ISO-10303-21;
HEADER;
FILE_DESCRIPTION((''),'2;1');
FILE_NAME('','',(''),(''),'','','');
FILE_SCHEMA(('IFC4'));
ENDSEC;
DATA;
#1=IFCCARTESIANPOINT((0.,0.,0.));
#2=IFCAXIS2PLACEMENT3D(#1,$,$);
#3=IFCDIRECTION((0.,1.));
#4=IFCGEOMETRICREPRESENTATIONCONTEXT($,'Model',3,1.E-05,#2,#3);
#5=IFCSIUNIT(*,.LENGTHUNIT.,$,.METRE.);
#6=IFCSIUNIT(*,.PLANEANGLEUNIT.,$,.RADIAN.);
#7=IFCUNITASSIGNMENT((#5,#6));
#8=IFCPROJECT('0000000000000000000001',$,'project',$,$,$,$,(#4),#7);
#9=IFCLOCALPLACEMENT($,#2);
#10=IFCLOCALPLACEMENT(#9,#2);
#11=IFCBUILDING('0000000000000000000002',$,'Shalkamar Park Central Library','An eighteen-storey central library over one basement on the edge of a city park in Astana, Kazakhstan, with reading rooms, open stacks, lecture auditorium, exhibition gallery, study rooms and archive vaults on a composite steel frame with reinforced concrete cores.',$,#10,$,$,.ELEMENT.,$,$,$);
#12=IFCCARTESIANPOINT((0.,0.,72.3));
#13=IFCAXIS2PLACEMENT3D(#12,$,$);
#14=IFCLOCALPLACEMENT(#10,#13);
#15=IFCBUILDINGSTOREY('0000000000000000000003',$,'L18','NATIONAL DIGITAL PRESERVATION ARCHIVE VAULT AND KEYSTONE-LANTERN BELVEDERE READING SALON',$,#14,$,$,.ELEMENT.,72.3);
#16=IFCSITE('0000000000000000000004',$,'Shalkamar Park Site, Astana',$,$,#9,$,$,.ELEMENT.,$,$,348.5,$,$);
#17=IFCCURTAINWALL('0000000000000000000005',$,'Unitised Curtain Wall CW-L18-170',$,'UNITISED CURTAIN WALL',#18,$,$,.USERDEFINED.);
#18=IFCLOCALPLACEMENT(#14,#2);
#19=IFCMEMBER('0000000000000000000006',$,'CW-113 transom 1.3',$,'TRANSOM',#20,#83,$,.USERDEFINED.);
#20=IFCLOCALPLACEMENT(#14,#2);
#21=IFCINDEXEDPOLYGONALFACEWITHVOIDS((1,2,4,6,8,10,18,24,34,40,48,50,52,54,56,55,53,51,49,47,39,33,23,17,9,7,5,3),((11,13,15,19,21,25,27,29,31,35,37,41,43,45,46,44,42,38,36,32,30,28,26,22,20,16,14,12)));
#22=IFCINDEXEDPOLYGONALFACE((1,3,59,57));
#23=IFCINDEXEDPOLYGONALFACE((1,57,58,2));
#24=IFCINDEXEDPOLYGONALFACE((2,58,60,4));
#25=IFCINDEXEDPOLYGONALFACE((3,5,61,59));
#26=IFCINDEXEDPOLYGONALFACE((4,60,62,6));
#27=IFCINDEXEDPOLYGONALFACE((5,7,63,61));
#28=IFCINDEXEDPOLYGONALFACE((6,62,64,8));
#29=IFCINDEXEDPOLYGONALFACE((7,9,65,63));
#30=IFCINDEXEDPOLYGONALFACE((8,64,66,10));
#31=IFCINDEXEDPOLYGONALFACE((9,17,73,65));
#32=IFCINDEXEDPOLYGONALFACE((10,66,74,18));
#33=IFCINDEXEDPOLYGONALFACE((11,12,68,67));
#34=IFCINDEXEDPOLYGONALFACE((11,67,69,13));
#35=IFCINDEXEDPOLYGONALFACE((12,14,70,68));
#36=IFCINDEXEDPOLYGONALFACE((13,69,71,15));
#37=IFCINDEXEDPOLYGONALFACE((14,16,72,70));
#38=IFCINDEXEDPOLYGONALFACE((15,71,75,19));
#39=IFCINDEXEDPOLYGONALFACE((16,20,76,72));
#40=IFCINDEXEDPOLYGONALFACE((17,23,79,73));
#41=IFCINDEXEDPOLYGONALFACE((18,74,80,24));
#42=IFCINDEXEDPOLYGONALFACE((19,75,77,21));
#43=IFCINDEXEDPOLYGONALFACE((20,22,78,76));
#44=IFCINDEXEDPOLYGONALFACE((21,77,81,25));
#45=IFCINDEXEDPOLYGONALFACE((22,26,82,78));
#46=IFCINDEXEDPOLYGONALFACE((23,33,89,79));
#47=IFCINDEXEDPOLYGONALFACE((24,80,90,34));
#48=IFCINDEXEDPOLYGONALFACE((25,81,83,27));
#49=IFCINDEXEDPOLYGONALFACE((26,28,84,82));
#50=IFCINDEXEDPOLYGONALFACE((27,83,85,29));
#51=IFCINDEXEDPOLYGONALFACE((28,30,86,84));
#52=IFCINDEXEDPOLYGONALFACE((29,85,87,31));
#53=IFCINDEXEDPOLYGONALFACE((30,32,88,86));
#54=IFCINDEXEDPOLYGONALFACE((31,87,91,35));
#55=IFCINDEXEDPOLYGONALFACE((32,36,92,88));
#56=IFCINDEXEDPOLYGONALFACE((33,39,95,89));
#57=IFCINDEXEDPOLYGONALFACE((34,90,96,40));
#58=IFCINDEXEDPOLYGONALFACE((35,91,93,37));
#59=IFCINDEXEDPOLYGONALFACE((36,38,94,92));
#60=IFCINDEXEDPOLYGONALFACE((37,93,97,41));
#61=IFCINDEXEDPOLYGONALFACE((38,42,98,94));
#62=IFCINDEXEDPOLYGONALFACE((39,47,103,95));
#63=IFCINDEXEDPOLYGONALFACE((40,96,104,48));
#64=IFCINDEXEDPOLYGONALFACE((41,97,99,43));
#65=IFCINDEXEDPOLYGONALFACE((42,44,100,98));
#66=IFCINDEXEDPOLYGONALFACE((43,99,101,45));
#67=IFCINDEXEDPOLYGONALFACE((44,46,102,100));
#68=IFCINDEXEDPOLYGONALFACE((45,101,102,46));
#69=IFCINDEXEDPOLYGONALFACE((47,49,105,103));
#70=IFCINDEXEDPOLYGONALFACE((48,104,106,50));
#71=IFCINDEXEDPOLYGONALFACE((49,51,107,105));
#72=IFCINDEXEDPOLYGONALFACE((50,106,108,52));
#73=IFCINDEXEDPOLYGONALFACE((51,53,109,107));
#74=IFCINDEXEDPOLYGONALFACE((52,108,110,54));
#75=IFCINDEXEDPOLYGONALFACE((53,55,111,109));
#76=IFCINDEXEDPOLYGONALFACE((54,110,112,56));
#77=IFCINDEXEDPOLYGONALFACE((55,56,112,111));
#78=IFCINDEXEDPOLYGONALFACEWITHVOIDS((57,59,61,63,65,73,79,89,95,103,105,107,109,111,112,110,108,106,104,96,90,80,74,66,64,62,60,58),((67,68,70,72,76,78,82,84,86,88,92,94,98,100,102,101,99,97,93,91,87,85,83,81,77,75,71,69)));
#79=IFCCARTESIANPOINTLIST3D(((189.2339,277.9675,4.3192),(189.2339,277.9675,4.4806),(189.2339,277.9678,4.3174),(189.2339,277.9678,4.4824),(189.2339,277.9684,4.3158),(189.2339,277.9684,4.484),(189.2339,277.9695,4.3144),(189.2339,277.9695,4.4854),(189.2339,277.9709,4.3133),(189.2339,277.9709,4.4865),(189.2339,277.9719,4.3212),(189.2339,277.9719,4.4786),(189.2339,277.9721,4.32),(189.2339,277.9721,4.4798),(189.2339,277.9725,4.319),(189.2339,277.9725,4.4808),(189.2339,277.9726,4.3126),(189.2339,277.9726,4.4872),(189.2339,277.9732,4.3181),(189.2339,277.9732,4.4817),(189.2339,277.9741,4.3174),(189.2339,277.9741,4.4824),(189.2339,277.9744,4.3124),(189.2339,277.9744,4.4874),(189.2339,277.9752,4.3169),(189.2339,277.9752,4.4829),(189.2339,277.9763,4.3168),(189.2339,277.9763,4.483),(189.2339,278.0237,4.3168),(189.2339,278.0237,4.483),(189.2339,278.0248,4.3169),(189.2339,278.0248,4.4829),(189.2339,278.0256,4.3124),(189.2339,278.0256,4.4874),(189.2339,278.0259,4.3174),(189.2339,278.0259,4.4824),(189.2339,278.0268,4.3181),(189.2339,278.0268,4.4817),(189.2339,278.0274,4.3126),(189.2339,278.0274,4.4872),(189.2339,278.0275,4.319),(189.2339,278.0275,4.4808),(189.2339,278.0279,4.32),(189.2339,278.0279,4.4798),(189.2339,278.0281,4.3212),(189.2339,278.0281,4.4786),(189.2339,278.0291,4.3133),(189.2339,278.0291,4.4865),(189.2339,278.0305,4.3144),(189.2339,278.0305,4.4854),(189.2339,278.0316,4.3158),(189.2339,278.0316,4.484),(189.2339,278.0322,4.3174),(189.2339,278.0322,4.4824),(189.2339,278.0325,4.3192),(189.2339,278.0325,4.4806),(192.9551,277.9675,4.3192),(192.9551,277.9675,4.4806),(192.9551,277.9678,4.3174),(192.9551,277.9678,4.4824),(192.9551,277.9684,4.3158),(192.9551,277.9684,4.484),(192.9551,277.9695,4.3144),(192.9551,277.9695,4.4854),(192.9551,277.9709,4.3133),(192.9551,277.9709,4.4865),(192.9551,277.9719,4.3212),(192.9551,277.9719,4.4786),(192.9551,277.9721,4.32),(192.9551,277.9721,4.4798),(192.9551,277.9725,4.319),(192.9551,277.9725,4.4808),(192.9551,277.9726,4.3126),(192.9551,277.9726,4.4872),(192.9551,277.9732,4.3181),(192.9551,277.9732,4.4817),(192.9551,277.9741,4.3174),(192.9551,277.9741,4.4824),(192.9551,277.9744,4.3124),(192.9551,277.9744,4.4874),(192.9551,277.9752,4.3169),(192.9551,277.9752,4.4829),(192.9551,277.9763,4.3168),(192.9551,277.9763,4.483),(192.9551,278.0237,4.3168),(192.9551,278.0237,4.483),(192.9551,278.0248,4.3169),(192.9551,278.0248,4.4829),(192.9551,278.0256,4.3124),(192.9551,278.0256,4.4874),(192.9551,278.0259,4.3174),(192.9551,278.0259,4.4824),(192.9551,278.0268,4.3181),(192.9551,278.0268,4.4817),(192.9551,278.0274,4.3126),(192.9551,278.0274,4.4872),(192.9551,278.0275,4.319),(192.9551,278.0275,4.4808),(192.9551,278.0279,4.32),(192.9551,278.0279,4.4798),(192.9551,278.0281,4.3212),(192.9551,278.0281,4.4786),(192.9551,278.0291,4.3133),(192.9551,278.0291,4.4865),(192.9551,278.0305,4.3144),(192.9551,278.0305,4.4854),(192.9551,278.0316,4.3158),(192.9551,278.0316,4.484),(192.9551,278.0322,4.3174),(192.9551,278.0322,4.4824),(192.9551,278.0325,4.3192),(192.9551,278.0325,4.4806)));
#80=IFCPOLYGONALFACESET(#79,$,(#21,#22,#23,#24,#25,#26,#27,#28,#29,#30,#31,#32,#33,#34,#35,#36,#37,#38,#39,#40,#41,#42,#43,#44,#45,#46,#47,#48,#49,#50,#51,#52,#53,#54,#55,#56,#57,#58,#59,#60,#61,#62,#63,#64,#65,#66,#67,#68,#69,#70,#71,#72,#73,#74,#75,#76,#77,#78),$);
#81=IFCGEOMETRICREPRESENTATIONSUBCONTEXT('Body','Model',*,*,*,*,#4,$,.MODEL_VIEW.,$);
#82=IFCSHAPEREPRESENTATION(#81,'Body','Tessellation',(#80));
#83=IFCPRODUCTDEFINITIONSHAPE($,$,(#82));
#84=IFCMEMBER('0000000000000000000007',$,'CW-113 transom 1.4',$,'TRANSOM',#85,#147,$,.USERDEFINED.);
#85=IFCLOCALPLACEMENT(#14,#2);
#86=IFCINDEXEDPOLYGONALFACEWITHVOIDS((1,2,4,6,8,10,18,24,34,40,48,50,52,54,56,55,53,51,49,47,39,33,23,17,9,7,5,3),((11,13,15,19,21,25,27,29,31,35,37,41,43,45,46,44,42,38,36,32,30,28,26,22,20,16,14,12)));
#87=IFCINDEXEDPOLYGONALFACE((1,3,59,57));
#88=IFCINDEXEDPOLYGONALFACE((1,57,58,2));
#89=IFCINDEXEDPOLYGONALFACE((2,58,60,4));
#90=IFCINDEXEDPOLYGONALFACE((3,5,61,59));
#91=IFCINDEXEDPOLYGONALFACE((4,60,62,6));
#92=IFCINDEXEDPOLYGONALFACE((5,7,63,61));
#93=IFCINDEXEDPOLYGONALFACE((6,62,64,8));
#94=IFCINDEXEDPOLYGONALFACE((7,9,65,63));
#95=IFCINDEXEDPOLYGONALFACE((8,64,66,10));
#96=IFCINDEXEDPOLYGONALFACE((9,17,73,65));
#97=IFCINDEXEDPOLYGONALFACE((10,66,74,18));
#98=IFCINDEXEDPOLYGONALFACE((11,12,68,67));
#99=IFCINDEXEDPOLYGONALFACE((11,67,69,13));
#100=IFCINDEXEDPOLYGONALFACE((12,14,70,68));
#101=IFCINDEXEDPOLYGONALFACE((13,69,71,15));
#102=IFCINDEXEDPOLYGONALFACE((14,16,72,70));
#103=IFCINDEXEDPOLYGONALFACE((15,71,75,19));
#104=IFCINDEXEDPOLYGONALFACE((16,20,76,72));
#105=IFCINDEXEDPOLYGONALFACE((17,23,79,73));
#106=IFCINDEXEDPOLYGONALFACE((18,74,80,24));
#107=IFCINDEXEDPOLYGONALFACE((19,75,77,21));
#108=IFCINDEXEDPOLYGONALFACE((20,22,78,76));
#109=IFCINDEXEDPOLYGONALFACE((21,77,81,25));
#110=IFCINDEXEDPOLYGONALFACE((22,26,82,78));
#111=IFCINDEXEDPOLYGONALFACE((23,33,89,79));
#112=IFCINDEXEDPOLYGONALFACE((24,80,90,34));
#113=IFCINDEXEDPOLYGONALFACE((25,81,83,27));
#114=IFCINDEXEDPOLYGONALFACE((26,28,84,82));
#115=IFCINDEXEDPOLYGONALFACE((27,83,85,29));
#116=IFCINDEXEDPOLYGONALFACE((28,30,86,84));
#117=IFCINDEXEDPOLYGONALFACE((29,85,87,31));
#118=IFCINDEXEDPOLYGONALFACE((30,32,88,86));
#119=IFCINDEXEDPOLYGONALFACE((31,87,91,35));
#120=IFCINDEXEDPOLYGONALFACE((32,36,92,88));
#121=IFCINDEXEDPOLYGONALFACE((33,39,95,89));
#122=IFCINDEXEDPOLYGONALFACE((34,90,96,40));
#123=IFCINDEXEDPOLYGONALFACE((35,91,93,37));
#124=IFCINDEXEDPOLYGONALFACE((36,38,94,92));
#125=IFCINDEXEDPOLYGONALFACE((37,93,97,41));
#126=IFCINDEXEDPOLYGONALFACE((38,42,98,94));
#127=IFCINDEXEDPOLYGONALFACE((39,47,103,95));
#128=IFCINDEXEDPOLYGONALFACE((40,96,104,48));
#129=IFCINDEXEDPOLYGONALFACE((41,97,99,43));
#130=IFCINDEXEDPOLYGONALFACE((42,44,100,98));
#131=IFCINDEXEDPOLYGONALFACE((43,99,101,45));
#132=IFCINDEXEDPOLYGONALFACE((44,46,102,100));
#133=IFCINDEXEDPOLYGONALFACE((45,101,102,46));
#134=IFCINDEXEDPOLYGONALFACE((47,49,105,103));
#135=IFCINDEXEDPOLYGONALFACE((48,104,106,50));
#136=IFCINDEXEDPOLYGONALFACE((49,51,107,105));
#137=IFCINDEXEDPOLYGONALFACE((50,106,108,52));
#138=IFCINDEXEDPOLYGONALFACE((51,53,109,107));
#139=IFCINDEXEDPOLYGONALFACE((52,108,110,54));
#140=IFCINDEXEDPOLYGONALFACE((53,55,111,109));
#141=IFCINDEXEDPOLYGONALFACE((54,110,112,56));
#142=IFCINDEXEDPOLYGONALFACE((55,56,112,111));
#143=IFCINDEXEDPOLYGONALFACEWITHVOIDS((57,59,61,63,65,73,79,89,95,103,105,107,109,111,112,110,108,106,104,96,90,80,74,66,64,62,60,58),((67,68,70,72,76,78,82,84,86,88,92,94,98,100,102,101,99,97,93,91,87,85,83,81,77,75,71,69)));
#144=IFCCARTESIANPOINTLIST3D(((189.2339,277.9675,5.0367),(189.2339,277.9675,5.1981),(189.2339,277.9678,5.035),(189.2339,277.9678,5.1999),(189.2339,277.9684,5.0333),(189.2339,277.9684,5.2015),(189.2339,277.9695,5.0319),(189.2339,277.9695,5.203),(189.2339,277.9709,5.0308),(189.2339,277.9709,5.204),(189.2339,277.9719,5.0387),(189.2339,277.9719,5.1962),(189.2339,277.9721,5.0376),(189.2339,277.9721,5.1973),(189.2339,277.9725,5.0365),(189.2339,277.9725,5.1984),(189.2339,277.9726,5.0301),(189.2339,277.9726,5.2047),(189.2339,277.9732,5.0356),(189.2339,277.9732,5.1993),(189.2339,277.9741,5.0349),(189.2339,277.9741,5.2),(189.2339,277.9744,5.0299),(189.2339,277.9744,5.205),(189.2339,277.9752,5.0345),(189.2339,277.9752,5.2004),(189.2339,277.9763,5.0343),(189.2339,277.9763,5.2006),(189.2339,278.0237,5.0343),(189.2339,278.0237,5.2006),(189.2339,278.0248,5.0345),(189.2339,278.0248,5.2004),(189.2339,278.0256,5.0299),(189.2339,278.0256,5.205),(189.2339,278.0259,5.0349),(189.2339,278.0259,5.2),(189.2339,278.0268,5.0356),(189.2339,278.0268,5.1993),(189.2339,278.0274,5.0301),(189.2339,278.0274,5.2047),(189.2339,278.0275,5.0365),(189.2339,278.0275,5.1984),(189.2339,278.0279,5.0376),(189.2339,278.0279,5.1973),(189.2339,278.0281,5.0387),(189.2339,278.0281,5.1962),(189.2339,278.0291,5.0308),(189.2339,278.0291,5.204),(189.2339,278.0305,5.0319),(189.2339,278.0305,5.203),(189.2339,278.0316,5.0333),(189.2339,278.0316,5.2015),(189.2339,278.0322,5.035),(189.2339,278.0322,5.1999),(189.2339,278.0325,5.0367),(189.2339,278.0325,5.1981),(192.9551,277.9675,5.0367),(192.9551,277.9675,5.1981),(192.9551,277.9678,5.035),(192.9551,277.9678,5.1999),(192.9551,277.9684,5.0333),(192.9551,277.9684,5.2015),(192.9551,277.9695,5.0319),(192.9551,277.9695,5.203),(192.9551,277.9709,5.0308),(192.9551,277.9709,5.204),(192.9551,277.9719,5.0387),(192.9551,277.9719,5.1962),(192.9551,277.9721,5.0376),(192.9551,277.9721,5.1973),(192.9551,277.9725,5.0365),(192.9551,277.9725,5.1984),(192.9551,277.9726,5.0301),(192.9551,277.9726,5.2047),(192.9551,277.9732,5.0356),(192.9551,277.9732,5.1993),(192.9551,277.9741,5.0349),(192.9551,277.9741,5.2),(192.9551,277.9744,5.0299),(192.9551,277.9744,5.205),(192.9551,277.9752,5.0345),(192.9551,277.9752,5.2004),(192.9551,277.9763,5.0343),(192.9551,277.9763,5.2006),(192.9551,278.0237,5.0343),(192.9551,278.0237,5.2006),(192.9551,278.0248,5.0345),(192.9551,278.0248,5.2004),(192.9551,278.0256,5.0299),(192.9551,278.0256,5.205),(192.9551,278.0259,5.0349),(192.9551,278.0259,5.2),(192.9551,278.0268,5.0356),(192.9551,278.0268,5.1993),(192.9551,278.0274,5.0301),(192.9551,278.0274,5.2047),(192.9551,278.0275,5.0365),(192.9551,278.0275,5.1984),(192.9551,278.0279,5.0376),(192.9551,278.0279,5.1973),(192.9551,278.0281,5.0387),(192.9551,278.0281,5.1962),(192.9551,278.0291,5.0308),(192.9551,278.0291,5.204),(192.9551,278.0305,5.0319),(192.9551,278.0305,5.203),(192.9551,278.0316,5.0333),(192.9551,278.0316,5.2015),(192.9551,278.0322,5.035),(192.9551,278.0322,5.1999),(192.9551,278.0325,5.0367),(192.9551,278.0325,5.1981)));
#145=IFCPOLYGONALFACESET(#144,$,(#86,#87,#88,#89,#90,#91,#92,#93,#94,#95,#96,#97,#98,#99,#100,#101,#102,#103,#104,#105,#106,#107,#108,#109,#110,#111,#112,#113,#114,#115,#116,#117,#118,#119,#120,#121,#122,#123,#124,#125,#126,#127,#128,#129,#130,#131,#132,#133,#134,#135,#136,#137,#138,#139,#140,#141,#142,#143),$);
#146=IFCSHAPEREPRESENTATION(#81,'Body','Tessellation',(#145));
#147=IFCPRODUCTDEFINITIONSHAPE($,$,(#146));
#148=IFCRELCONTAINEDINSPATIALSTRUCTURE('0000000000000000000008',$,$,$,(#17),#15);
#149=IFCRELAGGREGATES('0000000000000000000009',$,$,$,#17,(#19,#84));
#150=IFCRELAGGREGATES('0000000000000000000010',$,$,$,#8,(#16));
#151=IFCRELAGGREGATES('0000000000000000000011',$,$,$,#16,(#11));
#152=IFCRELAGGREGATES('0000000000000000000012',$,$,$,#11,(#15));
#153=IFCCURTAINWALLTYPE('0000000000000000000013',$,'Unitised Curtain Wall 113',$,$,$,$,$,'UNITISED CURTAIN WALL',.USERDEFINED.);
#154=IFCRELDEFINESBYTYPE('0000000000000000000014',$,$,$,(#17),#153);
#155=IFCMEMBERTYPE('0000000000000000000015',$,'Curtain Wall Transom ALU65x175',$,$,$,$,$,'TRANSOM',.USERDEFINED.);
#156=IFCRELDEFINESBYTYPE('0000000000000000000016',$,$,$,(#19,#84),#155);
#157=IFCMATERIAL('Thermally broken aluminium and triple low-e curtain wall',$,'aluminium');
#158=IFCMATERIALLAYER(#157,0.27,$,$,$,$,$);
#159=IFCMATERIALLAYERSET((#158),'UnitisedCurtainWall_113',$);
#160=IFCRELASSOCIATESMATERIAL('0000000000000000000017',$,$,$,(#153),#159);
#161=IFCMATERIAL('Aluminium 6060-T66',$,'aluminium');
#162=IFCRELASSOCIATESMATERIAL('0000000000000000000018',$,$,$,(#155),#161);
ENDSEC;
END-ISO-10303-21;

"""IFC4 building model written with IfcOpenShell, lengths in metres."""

from ifc_helpers import new_model, si_unit, direction, frame, origin, origin_2d, place, context, subcontext, project, spatial, hollow_rectangle, extrude, material, layer, layer_set, material_profile, profile_set, type_object, element, aggregate, save


model = new_model("IFC4")

# Units and contexts
model_context = context("Model", 3, precision=1e-05, world=origin(), true_north=direction((0.0, 1.0)))
body_context = subcontext(model_context, "Body", "Model", "MODEL_VIEW")
ifc_project = project(units=[si_unit("LENGTHUNIT", "METRE"), si_unit("PLANEANGLEUNIT", "RADIAN")], contexts=[model_context])

# Site, building, storey
site_placement = place(None, origin())
site = spatial("IfcSite", under=ifc_project, at=site_placement, Name="Shalkamar Park Site, Astana", CompositionType="ELEMENT", RefElevation=348.5)
building_placement = place(site_placement, origin())
building = spatial("IfcBuilding", under=site, at=building_placement, Name="Shalkamar Park Central Library", Description="An eighteen-storey central library over one basement on the edge of a city park in Astana, Kazakhstan, with reading rooms, open stacks, lecture auditorium, exhibition gallery, study rooms and archive vaults on a composite steel frame with reinforced concrete cores.", CompositionType="ELEMENT")
storey_placement = place(building_placement, frame((0.0, 0.0, 72.3)))
storey = spatial("IfcBuildingStorey", under=building, at=storey_placement, Name="L18", Description="NATIONAL DIGITAL PRESERVATION ARCHIVE VAULT AND KEYSTONE-LANTERN BELVEDERE READING SALON", CompositionType="ELEMENT", Elevation=72.3)

# Curtain wall
ifc_material_1 = material(Name="Thermally broken aluminium and triple low-e curtain wall", Category="aluminium")
ifc_layer_1 = layer(ifc_material_1, 0.27)
ifc_layer_set_1 = layer_set([ifc_layer_1], Name="UnitisedCurtainWall_113")
curtain_wall_type_1 = type_object("IfcCurtainWallType", Name="Unitised Curtain Wall 113", ElementType="UNITISED CURTAIN WALL", PredefinedType="USERDEFINED", material=ifc_layer_set_1)
curtain_wall_1_placement = place(storey_placement, origin())
curtain_wall_1 = element("IfcCurtainWall", 1, at=curtain_wall_1_placement, inside=storey, type_object=curtain_wall_type_1, Name="Unitised Curtain Wall CW-L18-170", ObjectType="UNITISED CURTAIN WALL", PredefinedType="USERDEFINED")
ifc_material_2 = material(Name="Aluminium 6060-T66", Category="aluminium")

# Members
ifc_material_profile_1 = material_profile(ifc_material_2, hollow_rectangle(XDim=0.0649, YDim=0.175, WallThickness=0.0044, InnerFilletRadius=0.0044, OuterFilletRadius=0.0068, at=origin_2d()), Name="ALU 65x175x4.5")
ifc_profile_set_1 = profile_set([ifc_material_profile_1], Name="Aluminium 6060-T66")
member_type_1 = type_object("IfcMemberType", Name="Curtain Wall Transom ALU65x175", ElementType="TRANSOM", PredefinedType="USERDEFINED", material=ifc_profile_set_1)
member_1_placement = place(storey_placement, frame((189.2339, 278.0, 4.3999), z_axis=(1.0, 0.0, 0.0), x_axis=(0.0, 1.0, 0.0)))
member_1 = element("IfcMember", 2, at=member_1_placement, type_object=member_type_1, Name="CW-113 transom 1.3", ObjectType="TRANSOM", PredefinedType="USERDEFINED", context=body_context, shape_type="SweptSolid", body=[
    extrude(hollow_rectangle(XDim=0.0649, YDim=0.175, WallThickness=0.0044, InnerFilletRadius=0.0044, OuterFilletRadius=0.0068, at=origin_2d()), origin(), (0.0, 0.0, 1.0), 3.7212),
])
member_2_placement = place(storey_placement, frame((189.2339, 278.0, 5.1174), z_axis=(1.0, 0.0, 0.0), x_axis=(0.0, 1.0, 0.0)))
member_2 = element("IfcMember", 3, at=member_2_placement, type_object=member_type_1, Name="CW-113 transom 1.4", ObjectType="TRANSOM", PredefinedType="USERDEFINED", context=body_context, shape_type="SweptSolid", body=[
    extrude(hollow_rectangle(XDim=0.0649, YDim=0.175, WallThickness=0.0044, InnerFilletRadius=0.0044, OuterFilletRadius=0.0068, at=origin_2d()), origin(), (0.0, 0.0, 1.0), 3.7212),
])

aggregate(curtain_wall_1, [member_1, member_2])

save(model, "model.ifc")
